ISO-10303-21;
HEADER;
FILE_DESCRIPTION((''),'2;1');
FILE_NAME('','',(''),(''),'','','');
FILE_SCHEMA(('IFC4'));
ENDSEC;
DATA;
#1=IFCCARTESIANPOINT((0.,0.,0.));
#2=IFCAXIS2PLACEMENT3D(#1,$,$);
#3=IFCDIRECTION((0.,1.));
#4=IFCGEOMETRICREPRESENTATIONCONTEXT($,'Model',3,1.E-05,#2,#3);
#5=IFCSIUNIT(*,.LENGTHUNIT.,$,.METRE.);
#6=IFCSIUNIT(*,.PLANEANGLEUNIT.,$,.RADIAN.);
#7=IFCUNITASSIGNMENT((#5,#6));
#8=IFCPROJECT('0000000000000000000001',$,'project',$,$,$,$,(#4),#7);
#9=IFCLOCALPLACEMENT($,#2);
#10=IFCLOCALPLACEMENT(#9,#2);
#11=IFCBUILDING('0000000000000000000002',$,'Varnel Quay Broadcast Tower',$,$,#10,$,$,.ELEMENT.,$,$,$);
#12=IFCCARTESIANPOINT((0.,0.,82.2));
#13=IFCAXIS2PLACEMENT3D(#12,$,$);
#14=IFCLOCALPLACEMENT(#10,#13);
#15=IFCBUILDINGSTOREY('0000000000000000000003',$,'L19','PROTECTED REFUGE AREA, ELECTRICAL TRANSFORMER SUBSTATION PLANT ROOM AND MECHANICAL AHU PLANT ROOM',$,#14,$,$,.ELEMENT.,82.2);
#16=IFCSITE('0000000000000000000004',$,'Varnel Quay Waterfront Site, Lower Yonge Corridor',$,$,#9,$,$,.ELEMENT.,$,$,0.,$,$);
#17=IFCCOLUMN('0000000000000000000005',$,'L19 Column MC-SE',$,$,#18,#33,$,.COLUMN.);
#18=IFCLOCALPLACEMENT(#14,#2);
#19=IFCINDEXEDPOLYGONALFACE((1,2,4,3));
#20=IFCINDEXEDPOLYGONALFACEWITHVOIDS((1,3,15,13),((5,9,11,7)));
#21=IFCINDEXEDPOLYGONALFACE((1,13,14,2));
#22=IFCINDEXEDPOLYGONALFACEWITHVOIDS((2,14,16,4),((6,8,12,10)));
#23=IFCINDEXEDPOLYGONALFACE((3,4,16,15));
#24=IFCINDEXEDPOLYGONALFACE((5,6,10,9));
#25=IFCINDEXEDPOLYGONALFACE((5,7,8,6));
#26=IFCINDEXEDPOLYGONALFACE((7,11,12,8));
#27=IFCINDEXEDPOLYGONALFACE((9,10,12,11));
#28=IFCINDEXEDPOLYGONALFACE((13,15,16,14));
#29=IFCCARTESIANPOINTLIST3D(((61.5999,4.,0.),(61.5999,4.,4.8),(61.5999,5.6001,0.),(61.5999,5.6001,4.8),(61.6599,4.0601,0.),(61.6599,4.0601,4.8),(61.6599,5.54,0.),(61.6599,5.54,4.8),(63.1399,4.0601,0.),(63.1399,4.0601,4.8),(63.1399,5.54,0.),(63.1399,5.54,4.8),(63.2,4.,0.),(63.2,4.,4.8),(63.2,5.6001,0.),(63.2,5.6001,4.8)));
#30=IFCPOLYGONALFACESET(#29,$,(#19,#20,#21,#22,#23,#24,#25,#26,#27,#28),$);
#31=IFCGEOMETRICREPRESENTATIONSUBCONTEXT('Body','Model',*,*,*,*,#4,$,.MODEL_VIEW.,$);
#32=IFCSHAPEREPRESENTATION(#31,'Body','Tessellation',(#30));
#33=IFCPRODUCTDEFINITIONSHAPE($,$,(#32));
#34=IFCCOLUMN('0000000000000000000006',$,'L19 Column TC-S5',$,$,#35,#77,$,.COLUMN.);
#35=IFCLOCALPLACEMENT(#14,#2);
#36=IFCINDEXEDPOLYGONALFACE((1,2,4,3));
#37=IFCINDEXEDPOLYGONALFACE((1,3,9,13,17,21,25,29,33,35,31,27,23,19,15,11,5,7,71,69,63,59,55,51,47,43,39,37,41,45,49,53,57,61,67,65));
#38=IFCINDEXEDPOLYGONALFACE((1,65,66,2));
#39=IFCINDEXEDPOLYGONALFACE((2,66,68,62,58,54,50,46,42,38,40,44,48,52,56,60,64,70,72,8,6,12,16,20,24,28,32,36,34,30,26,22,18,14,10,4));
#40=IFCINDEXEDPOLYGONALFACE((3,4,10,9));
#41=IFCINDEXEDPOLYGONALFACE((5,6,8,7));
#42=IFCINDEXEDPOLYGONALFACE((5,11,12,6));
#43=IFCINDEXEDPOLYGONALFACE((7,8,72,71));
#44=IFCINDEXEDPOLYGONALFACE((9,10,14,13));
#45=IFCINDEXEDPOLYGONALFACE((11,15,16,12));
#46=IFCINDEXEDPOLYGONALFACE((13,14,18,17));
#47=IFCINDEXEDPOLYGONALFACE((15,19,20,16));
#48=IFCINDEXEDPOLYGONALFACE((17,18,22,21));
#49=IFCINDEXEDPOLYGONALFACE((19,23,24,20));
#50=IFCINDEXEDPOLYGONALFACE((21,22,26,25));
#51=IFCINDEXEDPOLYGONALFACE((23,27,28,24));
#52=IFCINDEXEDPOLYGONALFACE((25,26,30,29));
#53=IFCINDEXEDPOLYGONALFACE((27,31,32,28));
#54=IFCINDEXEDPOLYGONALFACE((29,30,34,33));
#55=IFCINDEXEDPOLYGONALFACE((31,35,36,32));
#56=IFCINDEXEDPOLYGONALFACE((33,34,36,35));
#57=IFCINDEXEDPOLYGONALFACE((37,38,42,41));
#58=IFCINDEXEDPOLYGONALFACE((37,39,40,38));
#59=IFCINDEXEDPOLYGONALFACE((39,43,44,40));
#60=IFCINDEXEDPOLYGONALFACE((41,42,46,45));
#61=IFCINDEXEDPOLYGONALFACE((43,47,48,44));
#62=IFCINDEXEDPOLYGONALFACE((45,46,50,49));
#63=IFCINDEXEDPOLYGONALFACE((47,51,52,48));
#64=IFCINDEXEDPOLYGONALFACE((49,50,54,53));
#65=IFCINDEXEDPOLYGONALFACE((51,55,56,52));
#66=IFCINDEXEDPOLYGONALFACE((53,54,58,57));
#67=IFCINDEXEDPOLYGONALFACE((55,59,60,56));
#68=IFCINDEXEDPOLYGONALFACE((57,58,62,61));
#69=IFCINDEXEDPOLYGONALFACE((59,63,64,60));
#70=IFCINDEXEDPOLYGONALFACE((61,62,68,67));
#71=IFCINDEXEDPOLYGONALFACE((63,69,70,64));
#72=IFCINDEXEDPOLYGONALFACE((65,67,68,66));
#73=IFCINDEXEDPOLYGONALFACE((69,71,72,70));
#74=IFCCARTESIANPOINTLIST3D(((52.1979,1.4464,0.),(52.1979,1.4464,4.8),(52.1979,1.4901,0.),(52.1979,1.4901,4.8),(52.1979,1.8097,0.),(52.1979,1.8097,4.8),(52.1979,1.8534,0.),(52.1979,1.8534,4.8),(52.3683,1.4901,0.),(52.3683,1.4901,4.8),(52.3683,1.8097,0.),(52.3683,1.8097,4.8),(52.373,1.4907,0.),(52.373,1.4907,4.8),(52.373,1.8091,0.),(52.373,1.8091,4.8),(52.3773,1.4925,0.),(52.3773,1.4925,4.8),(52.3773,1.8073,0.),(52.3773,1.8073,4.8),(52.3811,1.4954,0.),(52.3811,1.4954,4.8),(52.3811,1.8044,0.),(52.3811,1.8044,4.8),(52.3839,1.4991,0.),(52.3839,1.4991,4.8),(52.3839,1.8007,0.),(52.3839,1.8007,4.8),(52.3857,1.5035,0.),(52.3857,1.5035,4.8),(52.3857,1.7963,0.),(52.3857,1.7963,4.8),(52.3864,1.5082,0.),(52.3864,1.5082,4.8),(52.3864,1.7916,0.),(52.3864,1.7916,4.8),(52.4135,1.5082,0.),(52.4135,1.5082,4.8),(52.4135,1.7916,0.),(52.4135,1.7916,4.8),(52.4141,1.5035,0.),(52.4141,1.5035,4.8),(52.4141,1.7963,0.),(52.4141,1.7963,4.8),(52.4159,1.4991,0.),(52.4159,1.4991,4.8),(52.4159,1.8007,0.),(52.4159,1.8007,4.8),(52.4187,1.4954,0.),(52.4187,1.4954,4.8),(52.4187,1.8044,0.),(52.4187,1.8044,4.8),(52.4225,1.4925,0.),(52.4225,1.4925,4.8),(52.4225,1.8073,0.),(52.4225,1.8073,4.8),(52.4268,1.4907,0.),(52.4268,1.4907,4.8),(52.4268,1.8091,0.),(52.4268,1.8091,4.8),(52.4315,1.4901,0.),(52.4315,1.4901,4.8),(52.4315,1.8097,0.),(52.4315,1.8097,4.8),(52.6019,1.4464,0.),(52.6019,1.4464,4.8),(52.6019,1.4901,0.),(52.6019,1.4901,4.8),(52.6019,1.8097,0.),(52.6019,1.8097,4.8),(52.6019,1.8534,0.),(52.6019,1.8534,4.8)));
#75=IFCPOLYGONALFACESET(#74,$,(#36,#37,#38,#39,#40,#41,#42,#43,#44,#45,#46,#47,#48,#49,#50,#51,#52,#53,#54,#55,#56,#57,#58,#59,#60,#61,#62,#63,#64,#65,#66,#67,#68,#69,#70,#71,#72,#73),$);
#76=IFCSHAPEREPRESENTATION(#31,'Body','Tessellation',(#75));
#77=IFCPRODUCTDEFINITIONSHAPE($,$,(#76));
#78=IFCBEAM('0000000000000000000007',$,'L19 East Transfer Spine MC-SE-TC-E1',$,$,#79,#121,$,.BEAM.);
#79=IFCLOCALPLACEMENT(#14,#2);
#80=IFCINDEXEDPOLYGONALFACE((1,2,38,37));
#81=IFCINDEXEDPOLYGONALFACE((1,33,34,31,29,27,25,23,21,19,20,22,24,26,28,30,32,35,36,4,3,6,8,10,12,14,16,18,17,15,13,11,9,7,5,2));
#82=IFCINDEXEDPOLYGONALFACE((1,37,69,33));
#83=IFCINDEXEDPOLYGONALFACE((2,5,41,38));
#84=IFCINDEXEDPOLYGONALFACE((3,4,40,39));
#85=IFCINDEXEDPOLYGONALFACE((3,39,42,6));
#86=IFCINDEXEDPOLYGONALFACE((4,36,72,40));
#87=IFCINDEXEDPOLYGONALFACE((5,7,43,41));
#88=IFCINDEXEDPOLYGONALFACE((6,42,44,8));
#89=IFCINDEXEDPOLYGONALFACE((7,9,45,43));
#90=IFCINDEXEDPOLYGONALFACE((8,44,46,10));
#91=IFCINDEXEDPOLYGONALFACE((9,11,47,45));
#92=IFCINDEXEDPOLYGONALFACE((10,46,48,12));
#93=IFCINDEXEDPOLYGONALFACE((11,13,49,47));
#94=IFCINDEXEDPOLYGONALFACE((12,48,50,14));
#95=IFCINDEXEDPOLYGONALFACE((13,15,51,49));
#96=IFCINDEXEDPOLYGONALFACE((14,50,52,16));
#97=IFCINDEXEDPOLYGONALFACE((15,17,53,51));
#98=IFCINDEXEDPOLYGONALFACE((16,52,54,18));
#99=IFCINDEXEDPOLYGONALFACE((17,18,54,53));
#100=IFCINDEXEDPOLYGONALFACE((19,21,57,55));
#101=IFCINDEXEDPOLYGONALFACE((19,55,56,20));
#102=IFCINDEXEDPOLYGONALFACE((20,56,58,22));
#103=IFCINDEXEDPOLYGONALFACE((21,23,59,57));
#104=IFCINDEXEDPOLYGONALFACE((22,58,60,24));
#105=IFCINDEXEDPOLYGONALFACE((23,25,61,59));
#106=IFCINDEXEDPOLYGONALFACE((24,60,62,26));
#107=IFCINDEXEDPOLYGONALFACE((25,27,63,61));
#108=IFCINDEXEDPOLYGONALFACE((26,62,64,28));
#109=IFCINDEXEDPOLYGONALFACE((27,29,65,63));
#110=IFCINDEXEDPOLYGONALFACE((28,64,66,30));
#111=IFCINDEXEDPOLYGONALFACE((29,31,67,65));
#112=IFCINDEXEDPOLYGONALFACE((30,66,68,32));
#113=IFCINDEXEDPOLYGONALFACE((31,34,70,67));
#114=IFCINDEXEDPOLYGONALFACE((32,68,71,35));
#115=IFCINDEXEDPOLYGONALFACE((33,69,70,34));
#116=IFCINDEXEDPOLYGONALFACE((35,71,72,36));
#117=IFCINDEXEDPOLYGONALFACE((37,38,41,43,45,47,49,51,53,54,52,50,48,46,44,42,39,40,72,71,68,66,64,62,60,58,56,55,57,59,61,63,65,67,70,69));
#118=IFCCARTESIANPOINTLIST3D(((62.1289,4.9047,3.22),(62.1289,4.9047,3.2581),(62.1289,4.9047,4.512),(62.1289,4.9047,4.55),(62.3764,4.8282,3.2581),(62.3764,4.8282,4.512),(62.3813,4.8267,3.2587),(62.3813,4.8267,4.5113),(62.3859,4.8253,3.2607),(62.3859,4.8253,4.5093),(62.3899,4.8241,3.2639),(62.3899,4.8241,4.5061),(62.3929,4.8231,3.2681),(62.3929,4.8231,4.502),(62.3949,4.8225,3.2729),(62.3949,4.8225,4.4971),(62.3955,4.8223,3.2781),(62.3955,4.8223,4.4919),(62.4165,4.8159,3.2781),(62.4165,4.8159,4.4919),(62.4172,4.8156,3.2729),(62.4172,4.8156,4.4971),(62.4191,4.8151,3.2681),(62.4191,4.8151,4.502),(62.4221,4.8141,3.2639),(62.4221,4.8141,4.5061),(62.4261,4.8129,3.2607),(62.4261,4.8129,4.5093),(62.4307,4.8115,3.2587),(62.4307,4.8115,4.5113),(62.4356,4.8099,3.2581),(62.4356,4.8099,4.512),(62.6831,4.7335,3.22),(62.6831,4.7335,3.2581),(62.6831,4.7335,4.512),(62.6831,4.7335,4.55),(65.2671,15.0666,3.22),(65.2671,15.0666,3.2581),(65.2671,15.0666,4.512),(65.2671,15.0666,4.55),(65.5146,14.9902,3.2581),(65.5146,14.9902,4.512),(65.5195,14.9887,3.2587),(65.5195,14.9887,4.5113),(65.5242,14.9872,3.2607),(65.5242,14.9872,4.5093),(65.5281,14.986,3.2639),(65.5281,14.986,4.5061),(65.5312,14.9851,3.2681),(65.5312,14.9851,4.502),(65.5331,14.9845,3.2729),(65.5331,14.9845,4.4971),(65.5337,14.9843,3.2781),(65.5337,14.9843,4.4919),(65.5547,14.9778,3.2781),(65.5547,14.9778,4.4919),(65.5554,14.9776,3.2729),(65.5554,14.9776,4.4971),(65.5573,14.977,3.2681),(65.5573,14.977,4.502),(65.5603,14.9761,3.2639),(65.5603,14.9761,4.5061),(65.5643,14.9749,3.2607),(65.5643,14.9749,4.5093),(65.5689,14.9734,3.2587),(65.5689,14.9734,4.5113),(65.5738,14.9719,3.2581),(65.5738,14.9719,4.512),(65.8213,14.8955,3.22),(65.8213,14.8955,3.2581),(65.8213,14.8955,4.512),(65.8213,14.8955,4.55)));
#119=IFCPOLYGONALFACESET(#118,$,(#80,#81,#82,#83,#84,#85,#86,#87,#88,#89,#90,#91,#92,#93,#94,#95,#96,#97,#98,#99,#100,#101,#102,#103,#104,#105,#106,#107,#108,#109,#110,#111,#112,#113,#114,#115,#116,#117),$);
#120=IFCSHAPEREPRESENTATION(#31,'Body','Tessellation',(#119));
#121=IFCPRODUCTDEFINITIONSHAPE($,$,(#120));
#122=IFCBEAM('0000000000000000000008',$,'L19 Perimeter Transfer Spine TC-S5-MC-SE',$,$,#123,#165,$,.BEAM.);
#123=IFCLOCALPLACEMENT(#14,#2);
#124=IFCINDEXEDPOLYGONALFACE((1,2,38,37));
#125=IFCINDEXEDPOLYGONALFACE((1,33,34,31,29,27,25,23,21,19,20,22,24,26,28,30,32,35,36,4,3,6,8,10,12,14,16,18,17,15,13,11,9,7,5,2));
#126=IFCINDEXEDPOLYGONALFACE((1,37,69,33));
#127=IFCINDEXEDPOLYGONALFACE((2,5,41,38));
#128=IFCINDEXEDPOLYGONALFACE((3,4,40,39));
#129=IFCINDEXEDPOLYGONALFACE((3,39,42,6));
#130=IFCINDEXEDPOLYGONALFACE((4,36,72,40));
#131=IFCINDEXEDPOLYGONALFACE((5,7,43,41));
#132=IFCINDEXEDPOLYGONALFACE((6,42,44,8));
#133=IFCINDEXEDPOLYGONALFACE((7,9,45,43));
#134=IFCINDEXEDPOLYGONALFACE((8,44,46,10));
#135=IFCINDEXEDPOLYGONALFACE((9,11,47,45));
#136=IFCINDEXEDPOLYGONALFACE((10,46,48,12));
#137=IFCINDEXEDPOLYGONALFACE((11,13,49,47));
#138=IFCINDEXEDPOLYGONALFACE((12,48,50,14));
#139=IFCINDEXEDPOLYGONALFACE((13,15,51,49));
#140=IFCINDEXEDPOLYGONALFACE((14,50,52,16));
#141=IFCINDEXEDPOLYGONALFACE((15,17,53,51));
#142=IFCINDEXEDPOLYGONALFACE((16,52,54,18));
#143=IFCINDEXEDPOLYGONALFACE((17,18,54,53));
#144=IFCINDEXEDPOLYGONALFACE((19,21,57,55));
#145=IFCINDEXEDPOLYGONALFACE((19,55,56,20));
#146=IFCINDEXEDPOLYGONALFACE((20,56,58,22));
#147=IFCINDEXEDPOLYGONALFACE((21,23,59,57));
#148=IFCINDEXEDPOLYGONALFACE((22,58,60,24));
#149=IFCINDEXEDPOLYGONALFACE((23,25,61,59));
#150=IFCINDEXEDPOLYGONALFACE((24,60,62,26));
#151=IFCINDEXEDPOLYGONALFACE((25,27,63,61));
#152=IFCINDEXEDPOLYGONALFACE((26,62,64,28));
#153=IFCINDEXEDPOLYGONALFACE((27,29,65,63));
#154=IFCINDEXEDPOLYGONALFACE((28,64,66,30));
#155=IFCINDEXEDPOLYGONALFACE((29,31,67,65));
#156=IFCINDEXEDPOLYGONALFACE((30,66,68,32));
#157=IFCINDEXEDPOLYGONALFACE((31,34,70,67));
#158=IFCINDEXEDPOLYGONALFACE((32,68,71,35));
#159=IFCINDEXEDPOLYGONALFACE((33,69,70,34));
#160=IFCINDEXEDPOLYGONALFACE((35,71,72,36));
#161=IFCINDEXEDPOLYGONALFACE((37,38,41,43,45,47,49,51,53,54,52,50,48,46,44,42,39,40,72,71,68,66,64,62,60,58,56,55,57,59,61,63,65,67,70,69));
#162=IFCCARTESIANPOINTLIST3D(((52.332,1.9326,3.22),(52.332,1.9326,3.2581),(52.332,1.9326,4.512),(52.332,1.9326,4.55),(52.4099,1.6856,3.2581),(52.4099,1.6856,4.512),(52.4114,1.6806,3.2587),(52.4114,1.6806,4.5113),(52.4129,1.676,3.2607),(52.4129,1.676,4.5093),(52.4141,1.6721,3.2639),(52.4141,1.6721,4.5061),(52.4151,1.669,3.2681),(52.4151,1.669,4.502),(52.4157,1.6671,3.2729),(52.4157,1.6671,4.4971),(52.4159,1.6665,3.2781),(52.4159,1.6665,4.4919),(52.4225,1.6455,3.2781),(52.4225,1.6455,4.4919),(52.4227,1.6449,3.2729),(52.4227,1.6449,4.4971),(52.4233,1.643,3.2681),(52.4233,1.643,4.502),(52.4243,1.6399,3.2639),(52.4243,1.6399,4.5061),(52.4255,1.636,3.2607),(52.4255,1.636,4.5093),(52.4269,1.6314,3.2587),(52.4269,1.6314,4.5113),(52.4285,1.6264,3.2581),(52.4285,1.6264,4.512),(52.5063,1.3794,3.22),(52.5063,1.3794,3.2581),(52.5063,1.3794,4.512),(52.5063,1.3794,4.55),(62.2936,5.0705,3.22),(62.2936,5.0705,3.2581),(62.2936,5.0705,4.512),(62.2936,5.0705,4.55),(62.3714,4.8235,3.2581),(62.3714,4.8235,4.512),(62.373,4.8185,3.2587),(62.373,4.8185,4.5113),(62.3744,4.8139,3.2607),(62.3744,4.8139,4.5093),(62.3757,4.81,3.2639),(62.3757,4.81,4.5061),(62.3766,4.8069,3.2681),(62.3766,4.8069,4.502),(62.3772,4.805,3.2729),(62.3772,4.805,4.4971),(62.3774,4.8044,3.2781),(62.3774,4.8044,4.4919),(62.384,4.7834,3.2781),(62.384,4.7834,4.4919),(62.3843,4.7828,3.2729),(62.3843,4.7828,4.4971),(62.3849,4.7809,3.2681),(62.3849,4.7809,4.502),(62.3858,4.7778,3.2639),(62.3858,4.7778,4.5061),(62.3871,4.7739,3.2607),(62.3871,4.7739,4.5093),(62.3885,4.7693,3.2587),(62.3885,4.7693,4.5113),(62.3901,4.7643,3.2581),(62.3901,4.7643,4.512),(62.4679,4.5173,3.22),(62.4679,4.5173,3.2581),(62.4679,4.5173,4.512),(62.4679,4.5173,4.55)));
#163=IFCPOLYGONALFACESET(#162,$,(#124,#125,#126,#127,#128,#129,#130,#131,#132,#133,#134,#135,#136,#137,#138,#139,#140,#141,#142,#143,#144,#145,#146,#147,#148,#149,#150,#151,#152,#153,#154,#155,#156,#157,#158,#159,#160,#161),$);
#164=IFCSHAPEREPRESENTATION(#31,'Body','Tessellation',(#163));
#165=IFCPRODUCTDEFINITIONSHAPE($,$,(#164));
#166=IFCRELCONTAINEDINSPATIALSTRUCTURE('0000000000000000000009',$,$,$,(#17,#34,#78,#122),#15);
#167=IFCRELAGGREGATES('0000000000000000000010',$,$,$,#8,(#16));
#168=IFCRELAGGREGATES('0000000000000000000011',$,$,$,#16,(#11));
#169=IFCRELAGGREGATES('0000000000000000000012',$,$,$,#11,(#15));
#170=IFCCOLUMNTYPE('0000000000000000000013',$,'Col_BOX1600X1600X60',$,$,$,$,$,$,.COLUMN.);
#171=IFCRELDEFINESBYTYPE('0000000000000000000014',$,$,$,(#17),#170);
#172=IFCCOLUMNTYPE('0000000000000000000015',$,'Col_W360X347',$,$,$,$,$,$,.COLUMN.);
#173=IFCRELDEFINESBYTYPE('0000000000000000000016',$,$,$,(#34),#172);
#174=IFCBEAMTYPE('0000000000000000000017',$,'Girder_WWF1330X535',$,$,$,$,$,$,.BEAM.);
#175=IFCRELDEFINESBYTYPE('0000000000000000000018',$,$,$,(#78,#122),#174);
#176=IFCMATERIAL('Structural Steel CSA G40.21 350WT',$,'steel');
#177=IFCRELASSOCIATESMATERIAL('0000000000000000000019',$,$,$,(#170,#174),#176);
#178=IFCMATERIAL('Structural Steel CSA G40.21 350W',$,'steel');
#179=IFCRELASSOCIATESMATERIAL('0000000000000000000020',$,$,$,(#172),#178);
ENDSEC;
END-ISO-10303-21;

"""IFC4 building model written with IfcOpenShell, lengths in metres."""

from ifc_helpers import new_model, si_unit, direction, frame, origin, origin_2d, place, context, subcontext, project, spatial, hollow_rectangle, i_section, extrude, source, transform, mapped, material, material_profile, profile_set, type_object, type_shapes, element, save


model = new_model("IFC4")

# Units and contexts
model_context = context("Model", 3, precision=1e-05, world=origin(), true_north=direction((0.0, 1.0)))
body_context = subcontext(model_context, "Body", "Model", "MODEL_VIEW")
ifc_project = project(units=[si_unit("LENGTHUNIT", "METRE"), si_unit("PLANEANGLEUNIT", "RADIAN")], contexts=[model_context])

# Site, building, storey
site_placement = place(None, origin())
site = spatial("IfcSite", under=ifc_project, at=site_placement, Name="Varnel Quay Waterfront Site, Lower Yonge Corridor", CompositionType="ELEMENT", RefElevation=0.0)
building_placement = place(site_placement, origin())
building = spatial("IfcBuilding", under=site, at=building_placement, Name="Varnel Quay Broadcast Tower", CompositionType="ELEMENT")
storey_placement = place(building_placement, frame((0.0, 0.0, 82.2)))
storey = spatial("IfcBuildingStorey", under=building, at=storey_placement, Name="L19", Description="PROTECTED REFUGE AREA, ELECTRICAL TRANSFORMER SUBSTATION PLANT ROOM AND MECHANICAL AHU PLANT ROOM", CompositionType="ELEMENT", Elevation=82.2)

# Columns
ifc_material_1 = material(Name="Structural Steel CSA G40.21 350WT", Category="steel")
ifc_material_profile_1 = material_profile(ifc_material_1, hollow_rectangle(XDim=1.6001, YDim=1.6001, WallThickness=0.0601, at=origin_2d()), Name="BOX1600X1600X60")
ifc_profile_set_1 = profile_set([ifc_material_profile_1], Name="Structural Steel CSA G40.21 350WT")
column_type_1 = type_object("IfcColumnType", Name="Col_BOX1600X1600X60", PredefinedType="COLUMN", material=ifc_profile_set_1)
shared_shape_1 = source(origin(), body_context, "Body", "SweptSolid", [
    extrude(hollow_rectangle(XDim=1.6001, YDim=1.6001, WallThickness=0.0601, at=origin_2d()), origin(), (0.0, 0.0, 1.0), 4.8),
])
type_shapes(column_type_1, [shared_shape_1])
column_1_placement = place(storey_placement, frame((62.3999, 4.8, 0.0), z_axis=(0.0, 0.0, 1.0), x_axis=(1.0, 0.0, 0.0)))
element("IfcColumn", 1, at=column_1_placement, inside=storey, type_object=column_type_1, Name="L19 Column MC-SE", PredefinedType="COLUMN", context=body_context, shape_type="MappedRepresentation", body=[
    mapped(shared_shape_1, transform((0.0, 0.0, 0.0), x_axis=(1.0, 0.0, 0.0), y_axis=(0.0, 1.0, 0.0), z_axis=(0.0, 0.0, 1.0), scale=1.0)),
])
ifc_material_2 = material(Name="Structural Steel CSA G40.21 350W", Category="steel")
ifc_material_profile_2 = material_profile(ifc_material_2, i_section(OverallWidth=0.4041, OverallDepth=0.407, WebThickness=0.0271, FlangeThickness=0.0437, FilletRadius=0.0181, at=origin_2d()), Name="W360X347")
ifc_profile_set_2 = profile_set([ifc_material_profile_2], Name="Structural Steel CSA G40.21 350W")
column_type_2 = type_object("IfcColumnType", Name="Col_W360X347", PredefinedType="COLUMN", material=ifc_profile_set_2)
shared_shape_2 = source(origin(), body_context, "Body", "SweptSolid", [
    extrude(i_section(OverallWidth=0.4041, OverallDepth=0.407, WebThickness=0.0271, FlangeThickness=0.0437, FilletRadius=0.0181, at=origin_2d()), origin(), (0.0, 0.0, 1.0), 4.8),
])
type_shapes(column_type_2, [shared_shape_2])
column_2_placement = place(storey_placement, frame((52.3999, 1.6499, 0.0), z_axis=(0.0, 0.0, 1.0), x_axis=(1.0, 0.0, 0.0)))
element("IfcColumn", 2, at=column_2_placement, inside=storey, type_object=column_type_2, Name="L19 Column TC-S5", PredefinedType="COLUMN", context=body_context, shape_type="MappedRepresentation", body=[
    mapped(shared_shape_2, transform((0.0, 0.0, 0.0), x_axis=(1.0, 0.0, 0.0), y_axis=(0.0, 1.0, 0.0), z_axis=(0.0, 0.0, 1.0), scale=1.0)),
])

# Beams
ifc_material_profile_3 = material_profile(ifc_material_1, i_section(OverallWidth=0.5801, OverallDepth=1.3301, WebThickness=0.022, FlangeThickness=0.0381, FilletRadius=0.02, at=origin_2d()), Name="WWF1330X535")
ifc_profile_set_3 = profile_set([ifc_material_profile_3], Name="Structural Steel CSA G40.21 350WT")
beam_type_1 = type_object("IfcBeamType", Name="Girder_WWF1330X535", PredefinedType="BEAM", material=ifc_profile_set_3)
shared_shape_3 = source(origin(), body_context, "Body", "SweptSolid", [
    extrude(i_section(OverallWidth=0.5801, OverallDepth=1.3301, WebThickness=0.022, FlangeThickness=0.0381, FilletRadius=0.02, at=origin_2d()), origin(), (0.0, 0.0, 1.0), 10.6355),
])
beam_1_placement = place(storey_placement, frame((62.406, 4.8191, 3.885), z_axis=(0.29507, 0.955476, 0.0), x_axis=(-0.955476, 0.29507, 0.0)))
element("IfcBeam", 3, at=beam_1_placement, inside=storey, type_object=beam_type_1, Name="L19 East Transfer Spine MC-SE-TC-E1", PredefinedType="BEAM", context=body_context, shape_type="MappedRepresentation", body=[
    mapped(shared_shape_3, transform((0.0, 0.0, 0.0), x_axis=(1.0, 0.0, 0.0), y_axis=(0.0, 1.0, 0.0), z_axis=(0.0, 0.0, 1.0), scale=1.0)),
])
shared_shape_4 = source(origin(), body_context, "Body", "SweptSolid", [
    extrude(i_section(OverallWidth=0.5801, OverallDepth=1.3301, WebThickness=0.022, FlangeThickness=0.0381, FilletRadius=0.02, at=origin_2d()), origin(), (0.0, 0.0, 1.0), 10.4441),
])
beam_2_placement = place(storey_placement, frame((52.4192, 1.656, 3.885), z_axis=(0.953798, 0.300448, 0.0), x_axis=(-0.300448, 0.953798, 0.0)))
element("IfcBeam", 4, at=beam_2_placement, inside=storey, type_object=beam_type_1, Name="L19 Perimeter Transfer Spine TC-S5-MC-SE", PredefinedType="BEAM", context=body_context, shape_type="MappedRepresentation", body=[
    mapped(shared_shape_4, transform((0.0, 0.0, 0.0), x_axis=(1.0, 0.0, 0.0), y_axis=(0.0, 1.0, 0.0), z_axis=(0.0, 0.0, 1.0), scale=1.0)),
])

save(model, "model.ifc")
